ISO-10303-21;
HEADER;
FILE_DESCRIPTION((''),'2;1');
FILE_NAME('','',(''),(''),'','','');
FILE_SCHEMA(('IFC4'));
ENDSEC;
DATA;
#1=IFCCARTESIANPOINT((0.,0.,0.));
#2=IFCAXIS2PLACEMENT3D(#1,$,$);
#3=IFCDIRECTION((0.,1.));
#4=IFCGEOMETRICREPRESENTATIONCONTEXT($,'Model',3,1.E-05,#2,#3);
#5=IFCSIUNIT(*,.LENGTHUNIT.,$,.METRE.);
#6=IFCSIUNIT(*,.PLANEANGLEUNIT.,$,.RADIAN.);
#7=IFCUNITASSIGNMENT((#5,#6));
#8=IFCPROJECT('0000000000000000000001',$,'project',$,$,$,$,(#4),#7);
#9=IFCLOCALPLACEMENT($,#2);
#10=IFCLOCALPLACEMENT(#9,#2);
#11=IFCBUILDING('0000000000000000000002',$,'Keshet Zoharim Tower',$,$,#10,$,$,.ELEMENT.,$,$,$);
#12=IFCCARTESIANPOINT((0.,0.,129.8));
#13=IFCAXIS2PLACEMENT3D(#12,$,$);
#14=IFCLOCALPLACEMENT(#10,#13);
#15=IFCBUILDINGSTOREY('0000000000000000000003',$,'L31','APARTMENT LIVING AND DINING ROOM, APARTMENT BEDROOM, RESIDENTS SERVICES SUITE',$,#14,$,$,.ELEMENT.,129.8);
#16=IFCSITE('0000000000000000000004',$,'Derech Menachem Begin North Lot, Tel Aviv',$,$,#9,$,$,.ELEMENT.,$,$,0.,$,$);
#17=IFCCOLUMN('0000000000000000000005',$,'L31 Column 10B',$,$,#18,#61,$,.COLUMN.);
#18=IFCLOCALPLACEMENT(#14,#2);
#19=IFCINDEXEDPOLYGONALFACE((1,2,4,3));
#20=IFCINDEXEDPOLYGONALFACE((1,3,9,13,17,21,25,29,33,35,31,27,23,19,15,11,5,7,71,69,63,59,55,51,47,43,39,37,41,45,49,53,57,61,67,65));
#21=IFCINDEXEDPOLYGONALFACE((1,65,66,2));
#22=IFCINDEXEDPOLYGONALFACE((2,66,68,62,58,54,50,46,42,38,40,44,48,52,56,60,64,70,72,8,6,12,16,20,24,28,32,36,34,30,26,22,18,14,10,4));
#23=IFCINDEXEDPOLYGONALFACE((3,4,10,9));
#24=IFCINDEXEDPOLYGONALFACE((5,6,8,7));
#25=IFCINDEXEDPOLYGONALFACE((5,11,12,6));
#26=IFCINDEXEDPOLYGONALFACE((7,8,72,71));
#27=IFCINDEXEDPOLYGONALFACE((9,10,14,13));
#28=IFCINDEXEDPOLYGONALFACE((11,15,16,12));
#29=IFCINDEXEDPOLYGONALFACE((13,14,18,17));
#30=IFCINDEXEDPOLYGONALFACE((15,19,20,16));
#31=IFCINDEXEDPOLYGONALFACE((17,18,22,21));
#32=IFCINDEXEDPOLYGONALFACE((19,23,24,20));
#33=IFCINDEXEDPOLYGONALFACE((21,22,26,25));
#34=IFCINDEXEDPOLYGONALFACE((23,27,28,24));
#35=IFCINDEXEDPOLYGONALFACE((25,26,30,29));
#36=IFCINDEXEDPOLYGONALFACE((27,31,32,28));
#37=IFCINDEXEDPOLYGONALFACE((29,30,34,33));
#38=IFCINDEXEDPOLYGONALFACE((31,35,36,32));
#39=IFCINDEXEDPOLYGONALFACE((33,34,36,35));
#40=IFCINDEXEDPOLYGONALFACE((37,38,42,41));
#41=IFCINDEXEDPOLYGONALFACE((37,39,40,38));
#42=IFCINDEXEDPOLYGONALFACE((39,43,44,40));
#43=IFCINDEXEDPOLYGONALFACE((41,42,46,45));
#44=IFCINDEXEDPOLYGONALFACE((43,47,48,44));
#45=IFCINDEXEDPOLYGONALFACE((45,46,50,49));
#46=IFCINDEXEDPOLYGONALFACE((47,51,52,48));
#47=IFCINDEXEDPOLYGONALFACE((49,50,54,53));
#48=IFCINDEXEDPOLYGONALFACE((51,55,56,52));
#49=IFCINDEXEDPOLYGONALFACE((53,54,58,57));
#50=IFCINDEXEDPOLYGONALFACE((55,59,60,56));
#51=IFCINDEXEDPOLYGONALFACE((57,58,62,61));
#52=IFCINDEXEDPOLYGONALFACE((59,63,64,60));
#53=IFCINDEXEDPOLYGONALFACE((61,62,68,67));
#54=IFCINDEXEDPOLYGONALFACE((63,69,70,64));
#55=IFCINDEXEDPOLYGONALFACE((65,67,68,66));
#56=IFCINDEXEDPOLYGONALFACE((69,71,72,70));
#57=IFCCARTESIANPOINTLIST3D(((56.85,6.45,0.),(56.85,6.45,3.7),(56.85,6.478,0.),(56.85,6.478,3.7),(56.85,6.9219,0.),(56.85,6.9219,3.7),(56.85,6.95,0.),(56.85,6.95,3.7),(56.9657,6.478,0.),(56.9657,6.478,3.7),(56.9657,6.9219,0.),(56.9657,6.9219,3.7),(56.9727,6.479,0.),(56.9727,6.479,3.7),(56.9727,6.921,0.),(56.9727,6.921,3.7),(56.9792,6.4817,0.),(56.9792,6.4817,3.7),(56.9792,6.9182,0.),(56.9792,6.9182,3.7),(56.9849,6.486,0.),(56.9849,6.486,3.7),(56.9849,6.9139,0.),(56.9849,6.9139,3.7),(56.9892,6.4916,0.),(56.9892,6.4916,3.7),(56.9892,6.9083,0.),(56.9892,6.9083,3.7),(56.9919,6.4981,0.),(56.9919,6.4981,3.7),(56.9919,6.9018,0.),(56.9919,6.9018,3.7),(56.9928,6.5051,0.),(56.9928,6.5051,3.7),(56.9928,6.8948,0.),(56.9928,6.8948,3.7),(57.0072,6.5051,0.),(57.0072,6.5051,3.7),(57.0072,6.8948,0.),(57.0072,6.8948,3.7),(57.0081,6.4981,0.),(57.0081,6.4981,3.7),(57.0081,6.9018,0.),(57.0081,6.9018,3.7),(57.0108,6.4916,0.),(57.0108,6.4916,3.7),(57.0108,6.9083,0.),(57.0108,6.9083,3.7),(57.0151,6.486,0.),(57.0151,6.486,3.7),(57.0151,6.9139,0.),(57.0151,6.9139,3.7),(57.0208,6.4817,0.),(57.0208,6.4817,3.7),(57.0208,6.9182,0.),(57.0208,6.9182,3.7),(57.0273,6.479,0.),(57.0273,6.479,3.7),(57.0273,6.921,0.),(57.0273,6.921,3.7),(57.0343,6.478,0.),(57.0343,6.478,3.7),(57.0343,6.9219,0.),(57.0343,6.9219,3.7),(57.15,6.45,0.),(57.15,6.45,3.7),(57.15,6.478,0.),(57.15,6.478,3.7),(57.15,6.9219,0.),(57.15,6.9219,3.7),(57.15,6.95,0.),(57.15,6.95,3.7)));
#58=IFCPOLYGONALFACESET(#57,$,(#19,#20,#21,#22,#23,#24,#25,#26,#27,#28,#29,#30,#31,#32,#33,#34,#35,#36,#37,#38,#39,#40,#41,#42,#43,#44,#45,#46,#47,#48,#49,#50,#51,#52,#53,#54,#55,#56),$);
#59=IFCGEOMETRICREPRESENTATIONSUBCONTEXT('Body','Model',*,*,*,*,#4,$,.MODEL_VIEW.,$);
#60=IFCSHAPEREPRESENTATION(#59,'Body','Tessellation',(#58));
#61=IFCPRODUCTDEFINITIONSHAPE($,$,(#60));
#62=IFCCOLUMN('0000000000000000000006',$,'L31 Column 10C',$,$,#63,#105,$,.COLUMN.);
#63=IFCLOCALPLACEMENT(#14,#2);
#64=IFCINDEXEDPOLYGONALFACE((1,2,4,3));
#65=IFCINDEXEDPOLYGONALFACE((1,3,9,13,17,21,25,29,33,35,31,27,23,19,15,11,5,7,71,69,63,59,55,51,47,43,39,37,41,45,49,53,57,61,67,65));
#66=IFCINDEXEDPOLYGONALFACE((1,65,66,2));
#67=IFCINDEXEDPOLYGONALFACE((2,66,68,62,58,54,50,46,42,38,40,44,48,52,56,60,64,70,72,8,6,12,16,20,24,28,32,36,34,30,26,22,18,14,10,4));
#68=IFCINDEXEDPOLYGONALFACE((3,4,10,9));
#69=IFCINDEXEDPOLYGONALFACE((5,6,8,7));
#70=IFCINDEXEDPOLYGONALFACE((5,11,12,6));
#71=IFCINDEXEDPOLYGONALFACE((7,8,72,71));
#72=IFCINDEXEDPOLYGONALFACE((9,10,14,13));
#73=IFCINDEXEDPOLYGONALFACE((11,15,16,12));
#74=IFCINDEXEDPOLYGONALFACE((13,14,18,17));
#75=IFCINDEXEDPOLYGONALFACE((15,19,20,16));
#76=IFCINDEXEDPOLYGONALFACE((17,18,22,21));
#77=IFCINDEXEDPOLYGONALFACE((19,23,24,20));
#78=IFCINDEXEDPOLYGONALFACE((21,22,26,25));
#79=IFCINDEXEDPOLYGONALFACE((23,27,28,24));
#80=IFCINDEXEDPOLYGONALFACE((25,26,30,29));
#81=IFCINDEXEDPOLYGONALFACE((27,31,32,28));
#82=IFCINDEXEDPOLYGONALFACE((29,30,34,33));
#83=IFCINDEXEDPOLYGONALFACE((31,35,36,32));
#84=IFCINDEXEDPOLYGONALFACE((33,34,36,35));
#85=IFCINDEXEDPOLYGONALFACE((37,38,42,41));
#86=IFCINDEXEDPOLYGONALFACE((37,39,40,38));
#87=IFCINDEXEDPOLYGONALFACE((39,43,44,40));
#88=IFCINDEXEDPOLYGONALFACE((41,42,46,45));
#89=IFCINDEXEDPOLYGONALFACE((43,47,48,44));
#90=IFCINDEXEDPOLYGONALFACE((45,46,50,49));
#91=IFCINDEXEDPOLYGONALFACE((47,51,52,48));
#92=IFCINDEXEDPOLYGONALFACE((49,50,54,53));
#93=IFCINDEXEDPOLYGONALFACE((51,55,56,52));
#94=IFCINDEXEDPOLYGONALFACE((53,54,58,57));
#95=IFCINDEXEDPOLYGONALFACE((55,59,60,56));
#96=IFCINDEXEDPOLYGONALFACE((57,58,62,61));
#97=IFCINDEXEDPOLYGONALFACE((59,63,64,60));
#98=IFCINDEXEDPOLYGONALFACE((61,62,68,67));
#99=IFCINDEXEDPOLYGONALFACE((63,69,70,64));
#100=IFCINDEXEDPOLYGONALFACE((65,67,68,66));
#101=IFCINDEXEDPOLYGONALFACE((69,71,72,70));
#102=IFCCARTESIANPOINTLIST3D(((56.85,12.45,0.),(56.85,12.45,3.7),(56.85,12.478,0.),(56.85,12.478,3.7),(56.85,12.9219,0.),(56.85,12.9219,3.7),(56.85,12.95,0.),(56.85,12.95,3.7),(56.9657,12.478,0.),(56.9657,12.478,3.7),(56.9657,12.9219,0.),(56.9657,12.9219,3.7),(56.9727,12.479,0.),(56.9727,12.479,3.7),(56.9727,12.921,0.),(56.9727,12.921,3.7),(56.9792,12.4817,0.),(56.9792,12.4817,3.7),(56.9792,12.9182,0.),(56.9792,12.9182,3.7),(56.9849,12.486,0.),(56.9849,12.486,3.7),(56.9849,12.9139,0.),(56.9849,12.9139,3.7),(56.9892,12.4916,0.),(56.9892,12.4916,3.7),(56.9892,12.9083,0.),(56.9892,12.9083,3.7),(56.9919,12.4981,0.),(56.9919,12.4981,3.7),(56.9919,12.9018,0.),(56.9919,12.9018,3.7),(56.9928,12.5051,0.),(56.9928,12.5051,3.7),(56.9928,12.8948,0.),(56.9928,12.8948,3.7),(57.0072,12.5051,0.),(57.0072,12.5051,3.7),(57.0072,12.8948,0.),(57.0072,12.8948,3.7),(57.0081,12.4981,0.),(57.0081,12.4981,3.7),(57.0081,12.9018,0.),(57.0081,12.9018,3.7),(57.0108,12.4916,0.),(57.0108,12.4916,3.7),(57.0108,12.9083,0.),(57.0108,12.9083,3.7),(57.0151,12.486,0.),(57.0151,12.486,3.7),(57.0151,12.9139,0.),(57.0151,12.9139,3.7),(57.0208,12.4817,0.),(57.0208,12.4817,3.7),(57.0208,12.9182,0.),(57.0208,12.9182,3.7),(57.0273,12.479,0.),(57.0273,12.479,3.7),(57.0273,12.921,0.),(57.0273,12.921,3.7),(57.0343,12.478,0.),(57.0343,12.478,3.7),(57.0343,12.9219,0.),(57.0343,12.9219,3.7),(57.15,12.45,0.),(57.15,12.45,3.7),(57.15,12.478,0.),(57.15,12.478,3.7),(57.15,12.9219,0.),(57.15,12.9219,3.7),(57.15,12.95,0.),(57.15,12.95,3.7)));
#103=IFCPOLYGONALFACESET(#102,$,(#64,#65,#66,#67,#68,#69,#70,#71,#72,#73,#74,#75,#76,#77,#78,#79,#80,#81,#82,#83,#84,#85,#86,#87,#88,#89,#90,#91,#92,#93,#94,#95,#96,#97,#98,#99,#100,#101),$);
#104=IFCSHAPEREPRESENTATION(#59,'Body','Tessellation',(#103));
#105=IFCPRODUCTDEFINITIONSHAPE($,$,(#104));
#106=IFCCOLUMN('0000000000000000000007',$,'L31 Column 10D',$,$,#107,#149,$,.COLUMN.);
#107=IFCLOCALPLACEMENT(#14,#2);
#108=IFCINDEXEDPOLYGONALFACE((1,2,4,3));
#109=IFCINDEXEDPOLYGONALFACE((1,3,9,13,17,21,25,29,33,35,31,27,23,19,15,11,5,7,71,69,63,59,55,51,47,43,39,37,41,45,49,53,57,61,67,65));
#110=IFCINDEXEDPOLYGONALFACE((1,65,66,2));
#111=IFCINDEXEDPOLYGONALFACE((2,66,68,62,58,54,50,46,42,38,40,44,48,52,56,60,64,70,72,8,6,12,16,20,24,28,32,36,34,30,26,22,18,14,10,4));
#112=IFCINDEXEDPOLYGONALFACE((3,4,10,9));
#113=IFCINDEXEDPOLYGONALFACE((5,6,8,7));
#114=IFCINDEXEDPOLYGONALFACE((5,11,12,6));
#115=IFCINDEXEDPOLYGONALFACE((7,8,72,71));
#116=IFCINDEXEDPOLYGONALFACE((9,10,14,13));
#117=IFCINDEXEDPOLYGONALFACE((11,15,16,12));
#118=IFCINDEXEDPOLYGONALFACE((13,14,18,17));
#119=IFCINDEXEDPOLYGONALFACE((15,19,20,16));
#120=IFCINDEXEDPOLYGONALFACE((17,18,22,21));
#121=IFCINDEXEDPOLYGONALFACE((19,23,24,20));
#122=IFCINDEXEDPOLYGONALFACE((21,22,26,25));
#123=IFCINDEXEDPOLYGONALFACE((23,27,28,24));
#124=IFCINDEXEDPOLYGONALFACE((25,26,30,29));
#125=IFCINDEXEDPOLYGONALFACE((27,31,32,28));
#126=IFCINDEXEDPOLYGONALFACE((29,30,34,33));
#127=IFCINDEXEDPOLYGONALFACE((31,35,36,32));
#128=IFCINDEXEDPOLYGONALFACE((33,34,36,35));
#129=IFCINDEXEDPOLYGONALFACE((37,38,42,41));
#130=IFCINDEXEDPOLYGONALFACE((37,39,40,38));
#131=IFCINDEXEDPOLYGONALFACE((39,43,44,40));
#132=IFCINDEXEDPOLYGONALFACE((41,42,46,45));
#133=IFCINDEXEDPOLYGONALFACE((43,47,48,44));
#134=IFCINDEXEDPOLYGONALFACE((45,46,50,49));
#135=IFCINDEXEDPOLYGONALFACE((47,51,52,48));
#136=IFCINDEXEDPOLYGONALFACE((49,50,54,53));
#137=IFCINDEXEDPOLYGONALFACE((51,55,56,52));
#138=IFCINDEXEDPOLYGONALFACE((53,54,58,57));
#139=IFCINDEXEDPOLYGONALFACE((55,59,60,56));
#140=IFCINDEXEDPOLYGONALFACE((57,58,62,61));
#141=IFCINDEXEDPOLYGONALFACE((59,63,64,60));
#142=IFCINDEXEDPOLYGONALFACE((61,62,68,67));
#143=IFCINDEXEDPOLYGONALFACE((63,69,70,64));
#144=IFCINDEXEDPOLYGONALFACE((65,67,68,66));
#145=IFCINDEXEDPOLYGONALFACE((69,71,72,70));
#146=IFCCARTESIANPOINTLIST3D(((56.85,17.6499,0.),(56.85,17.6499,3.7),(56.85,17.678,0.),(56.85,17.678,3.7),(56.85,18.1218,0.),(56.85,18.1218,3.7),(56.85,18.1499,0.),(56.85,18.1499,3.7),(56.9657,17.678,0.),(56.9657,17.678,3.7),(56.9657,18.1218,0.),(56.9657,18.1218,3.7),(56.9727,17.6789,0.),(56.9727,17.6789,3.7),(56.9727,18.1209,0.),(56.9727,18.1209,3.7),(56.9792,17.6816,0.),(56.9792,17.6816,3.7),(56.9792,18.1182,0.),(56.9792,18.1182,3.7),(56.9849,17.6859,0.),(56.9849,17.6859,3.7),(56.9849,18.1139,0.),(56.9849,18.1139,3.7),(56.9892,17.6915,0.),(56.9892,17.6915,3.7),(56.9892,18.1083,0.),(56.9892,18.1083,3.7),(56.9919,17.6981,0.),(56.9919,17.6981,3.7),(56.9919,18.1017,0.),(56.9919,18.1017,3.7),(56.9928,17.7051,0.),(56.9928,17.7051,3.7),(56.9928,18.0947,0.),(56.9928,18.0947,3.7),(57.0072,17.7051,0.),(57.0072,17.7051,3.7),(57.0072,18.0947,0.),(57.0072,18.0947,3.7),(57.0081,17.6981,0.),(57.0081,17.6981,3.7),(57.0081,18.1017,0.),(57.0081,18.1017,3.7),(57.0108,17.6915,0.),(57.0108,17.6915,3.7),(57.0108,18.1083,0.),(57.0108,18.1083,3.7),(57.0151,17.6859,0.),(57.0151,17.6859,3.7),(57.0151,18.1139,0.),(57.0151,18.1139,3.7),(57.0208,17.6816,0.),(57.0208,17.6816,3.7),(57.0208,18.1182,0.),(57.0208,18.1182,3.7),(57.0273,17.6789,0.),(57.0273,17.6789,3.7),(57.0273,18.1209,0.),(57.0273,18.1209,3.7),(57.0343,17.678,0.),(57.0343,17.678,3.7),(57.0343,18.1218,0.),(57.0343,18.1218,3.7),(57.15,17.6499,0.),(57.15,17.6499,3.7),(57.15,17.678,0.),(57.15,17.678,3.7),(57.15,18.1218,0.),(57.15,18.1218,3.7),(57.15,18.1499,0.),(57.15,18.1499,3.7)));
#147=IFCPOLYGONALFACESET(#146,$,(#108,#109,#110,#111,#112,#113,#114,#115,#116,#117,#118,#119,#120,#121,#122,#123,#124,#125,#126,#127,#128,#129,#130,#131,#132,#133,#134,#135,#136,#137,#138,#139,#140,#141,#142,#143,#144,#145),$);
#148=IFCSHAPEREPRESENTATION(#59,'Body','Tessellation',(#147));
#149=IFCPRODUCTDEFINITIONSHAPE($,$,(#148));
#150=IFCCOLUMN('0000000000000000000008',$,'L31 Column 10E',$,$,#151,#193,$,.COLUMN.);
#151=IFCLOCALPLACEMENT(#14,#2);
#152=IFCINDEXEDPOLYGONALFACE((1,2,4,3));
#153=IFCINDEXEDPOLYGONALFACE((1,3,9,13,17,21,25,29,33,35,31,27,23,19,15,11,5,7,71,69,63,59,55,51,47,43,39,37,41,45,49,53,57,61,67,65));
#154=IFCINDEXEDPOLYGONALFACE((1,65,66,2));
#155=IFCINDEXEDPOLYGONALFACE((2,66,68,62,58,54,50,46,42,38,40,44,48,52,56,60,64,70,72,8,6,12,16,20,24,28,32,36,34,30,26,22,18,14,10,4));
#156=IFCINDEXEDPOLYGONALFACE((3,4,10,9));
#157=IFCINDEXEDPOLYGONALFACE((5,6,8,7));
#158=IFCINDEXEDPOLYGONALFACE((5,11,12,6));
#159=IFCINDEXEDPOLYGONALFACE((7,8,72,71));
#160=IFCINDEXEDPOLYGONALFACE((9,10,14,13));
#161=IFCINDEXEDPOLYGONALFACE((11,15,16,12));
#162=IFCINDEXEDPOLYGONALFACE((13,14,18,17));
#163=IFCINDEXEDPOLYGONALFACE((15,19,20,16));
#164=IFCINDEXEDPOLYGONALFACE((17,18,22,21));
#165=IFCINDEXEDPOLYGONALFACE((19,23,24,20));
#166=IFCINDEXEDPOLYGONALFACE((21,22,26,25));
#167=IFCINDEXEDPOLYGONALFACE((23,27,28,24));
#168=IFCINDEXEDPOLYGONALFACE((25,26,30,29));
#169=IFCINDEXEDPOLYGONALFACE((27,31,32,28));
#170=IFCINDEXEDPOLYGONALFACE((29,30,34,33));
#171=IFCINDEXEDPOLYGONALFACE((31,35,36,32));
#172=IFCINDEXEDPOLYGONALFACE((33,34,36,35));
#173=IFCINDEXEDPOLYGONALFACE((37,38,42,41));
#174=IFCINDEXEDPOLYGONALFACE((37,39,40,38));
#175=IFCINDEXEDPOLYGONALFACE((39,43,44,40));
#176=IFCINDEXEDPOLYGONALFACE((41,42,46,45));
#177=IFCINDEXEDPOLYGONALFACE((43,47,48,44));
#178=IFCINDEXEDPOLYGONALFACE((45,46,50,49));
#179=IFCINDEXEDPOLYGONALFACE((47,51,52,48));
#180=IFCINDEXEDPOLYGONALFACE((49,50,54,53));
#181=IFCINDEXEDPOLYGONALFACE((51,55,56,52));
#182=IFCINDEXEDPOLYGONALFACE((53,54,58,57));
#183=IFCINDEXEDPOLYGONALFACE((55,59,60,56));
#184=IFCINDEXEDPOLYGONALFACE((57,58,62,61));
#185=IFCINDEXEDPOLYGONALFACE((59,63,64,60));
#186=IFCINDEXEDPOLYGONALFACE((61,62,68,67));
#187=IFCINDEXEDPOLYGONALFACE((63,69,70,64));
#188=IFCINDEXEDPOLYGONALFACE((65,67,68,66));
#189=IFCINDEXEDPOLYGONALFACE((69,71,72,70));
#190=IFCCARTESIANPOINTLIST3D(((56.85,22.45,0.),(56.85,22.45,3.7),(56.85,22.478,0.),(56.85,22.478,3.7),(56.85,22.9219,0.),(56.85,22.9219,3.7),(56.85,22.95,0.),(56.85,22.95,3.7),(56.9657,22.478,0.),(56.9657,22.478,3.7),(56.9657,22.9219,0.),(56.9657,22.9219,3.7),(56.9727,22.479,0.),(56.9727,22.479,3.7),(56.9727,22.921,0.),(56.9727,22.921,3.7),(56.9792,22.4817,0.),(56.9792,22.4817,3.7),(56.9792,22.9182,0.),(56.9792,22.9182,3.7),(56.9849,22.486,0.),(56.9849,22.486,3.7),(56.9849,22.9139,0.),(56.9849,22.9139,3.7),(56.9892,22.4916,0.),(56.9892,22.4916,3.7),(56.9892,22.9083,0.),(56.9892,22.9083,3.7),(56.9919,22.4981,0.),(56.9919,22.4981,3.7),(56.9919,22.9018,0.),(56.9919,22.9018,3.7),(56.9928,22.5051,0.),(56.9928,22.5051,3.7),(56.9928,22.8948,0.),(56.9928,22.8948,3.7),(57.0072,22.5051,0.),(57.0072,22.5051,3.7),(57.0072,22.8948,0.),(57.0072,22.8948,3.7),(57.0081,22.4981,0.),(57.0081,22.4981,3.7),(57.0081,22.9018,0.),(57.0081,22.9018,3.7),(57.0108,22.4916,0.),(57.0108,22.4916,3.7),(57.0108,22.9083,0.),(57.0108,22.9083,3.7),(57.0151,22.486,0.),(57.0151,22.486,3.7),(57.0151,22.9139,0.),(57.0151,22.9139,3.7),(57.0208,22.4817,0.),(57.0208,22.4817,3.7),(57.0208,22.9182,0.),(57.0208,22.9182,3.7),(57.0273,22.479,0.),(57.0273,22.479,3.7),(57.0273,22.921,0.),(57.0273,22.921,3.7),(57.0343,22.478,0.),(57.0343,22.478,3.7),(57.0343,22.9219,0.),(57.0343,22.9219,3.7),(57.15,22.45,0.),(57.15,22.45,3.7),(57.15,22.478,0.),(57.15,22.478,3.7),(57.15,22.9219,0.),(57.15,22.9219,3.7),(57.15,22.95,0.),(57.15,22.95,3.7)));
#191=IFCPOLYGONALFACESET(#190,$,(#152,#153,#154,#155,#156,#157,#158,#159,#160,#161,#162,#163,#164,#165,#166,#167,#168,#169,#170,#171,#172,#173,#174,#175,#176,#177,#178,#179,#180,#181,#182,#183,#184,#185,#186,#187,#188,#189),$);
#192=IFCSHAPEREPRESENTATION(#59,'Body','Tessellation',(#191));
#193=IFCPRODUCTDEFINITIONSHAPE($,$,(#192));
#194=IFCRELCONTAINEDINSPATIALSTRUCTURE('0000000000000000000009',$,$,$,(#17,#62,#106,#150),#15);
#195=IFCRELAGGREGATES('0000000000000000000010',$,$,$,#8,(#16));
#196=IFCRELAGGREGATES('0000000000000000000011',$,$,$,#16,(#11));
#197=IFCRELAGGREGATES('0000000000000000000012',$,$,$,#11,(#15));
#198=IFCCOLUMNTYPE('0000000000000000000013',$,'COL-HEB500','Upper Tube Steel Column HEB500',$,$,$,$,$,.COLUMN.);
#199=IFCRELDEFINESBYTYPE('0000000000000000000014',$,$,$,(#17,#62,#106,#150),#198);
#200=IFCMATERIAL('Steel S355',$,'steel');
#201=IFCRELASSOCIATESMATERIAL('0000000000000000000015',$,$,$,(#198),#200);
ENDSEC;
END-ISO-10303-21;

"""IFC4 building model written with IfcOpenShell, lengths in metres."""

from ifc_helpers import new_model, si_unit, direction, frame, origin, origin_2d, place, context, subcontext, project, spatial, i_section, extrude, material, material_profile, profile_set, type_object, element, save


model = new_model("IFC4")

# Units and contexts
model_context = context("Model", 3, precision=1e-05, world=origin(), true_north=direction((0.0, 1.0)))
body_context = subcontext(model_context, "Body", "Model", "MODEL_VIEW")
ifc_project = project(units=[si_unit("LENGTHUNIT", "METRE"), si_unit("PLANEANGLEUNIT", "RADIAN")], contexts=[model_context])

# Site, building, storey
site_placement = place(None, origin())
site = spatial("IfcSite", under=ifc_project, at=site_placement, Name="Derech Menachem Begin North Lot, Tel Aviv", CompositionType="ELEMENT", RefElevation=0.0)
building_placement = place(site_placement, origin())
building = spatial("IfcBuilding", under=site, at=building_placement, Name="Keshet Zoharim Tower", CompositionType="ELEMENT")
storey_placement = place(building_placement, frame((0.0, 0.0, 129.8)))
storey = spatial("IfcBuildingStorey", under=building, at=storey_placement, Name="L31", Description="APARTMENT LIVING AND DINING ROOM, APARTMENT BEDROOM, RESIDENTS SERVICES SUITE", CompositionType="ELEMENT", Elevation=129.8)

# Columns
ifc_material_1 = material(Name="Steel S355", Category="steel")
ifc_material_profile_1 = material_profile(ifc_material_1, i_section(OverallWidth=0.3, OverallDepth=0.5, WebThickness=0.0144, FlangeThickness=0.0281, FilletRadius=0.0271, at=origin_2d()), Name="HEB500")
ifc_profile_set_1 = profile_set([ifc_material_profile_1], Name="Steel S355")
column_type = type_object("IfcColumnType", Name="COL-HEB500", Description="Upper Tube Steel Column HEB500", PredefinedType="COLUMN", material=ifc_profile_set_1)
for number, where, z_axis, x_axis, name in (
    (1, (57.0, 6.7, 0.0), (0.0, 0.0, 1.0), (1.0, 0.0, 0.0), "L31 Column 10B"),
    (2, (57.0, 12.7, 0.0), (0.0, 0.0, 1.0), (1.0, 0.0, 0.0), "L31 Column 10C"),
    (3, (57.0, 17.8999, 0.0), (0.0, 0.0, 1.0), (1.0, 0.0, 0.0), "L31 Column 10D"),
    (4, (57.0, 22.7, 0.0), (0.0, 0.0, 1.0), (1.0, 0.0, 0.0), "L31 Column 10E"),
):
    element("IfcColumn", number, at=place(storey_placement, frame(where, z_axis=z_axis, x_axis=x_axis)), inside=storey, type_object=column_type, Name=name, PredefinedType="COLUMN", context=body_context, shape_type="SweptSolid", body=[
        extrude(i_section(OverallWidth=0.3, OverallDepth=0.5, WebThickness=0.0144, FlangeThickness=0.0281, FilletRadius=0.0271, at=origin_2d()), origin(), (0.0, 0.0, 1.0), 3.7),
    ])

save(model, "model.ifc")
